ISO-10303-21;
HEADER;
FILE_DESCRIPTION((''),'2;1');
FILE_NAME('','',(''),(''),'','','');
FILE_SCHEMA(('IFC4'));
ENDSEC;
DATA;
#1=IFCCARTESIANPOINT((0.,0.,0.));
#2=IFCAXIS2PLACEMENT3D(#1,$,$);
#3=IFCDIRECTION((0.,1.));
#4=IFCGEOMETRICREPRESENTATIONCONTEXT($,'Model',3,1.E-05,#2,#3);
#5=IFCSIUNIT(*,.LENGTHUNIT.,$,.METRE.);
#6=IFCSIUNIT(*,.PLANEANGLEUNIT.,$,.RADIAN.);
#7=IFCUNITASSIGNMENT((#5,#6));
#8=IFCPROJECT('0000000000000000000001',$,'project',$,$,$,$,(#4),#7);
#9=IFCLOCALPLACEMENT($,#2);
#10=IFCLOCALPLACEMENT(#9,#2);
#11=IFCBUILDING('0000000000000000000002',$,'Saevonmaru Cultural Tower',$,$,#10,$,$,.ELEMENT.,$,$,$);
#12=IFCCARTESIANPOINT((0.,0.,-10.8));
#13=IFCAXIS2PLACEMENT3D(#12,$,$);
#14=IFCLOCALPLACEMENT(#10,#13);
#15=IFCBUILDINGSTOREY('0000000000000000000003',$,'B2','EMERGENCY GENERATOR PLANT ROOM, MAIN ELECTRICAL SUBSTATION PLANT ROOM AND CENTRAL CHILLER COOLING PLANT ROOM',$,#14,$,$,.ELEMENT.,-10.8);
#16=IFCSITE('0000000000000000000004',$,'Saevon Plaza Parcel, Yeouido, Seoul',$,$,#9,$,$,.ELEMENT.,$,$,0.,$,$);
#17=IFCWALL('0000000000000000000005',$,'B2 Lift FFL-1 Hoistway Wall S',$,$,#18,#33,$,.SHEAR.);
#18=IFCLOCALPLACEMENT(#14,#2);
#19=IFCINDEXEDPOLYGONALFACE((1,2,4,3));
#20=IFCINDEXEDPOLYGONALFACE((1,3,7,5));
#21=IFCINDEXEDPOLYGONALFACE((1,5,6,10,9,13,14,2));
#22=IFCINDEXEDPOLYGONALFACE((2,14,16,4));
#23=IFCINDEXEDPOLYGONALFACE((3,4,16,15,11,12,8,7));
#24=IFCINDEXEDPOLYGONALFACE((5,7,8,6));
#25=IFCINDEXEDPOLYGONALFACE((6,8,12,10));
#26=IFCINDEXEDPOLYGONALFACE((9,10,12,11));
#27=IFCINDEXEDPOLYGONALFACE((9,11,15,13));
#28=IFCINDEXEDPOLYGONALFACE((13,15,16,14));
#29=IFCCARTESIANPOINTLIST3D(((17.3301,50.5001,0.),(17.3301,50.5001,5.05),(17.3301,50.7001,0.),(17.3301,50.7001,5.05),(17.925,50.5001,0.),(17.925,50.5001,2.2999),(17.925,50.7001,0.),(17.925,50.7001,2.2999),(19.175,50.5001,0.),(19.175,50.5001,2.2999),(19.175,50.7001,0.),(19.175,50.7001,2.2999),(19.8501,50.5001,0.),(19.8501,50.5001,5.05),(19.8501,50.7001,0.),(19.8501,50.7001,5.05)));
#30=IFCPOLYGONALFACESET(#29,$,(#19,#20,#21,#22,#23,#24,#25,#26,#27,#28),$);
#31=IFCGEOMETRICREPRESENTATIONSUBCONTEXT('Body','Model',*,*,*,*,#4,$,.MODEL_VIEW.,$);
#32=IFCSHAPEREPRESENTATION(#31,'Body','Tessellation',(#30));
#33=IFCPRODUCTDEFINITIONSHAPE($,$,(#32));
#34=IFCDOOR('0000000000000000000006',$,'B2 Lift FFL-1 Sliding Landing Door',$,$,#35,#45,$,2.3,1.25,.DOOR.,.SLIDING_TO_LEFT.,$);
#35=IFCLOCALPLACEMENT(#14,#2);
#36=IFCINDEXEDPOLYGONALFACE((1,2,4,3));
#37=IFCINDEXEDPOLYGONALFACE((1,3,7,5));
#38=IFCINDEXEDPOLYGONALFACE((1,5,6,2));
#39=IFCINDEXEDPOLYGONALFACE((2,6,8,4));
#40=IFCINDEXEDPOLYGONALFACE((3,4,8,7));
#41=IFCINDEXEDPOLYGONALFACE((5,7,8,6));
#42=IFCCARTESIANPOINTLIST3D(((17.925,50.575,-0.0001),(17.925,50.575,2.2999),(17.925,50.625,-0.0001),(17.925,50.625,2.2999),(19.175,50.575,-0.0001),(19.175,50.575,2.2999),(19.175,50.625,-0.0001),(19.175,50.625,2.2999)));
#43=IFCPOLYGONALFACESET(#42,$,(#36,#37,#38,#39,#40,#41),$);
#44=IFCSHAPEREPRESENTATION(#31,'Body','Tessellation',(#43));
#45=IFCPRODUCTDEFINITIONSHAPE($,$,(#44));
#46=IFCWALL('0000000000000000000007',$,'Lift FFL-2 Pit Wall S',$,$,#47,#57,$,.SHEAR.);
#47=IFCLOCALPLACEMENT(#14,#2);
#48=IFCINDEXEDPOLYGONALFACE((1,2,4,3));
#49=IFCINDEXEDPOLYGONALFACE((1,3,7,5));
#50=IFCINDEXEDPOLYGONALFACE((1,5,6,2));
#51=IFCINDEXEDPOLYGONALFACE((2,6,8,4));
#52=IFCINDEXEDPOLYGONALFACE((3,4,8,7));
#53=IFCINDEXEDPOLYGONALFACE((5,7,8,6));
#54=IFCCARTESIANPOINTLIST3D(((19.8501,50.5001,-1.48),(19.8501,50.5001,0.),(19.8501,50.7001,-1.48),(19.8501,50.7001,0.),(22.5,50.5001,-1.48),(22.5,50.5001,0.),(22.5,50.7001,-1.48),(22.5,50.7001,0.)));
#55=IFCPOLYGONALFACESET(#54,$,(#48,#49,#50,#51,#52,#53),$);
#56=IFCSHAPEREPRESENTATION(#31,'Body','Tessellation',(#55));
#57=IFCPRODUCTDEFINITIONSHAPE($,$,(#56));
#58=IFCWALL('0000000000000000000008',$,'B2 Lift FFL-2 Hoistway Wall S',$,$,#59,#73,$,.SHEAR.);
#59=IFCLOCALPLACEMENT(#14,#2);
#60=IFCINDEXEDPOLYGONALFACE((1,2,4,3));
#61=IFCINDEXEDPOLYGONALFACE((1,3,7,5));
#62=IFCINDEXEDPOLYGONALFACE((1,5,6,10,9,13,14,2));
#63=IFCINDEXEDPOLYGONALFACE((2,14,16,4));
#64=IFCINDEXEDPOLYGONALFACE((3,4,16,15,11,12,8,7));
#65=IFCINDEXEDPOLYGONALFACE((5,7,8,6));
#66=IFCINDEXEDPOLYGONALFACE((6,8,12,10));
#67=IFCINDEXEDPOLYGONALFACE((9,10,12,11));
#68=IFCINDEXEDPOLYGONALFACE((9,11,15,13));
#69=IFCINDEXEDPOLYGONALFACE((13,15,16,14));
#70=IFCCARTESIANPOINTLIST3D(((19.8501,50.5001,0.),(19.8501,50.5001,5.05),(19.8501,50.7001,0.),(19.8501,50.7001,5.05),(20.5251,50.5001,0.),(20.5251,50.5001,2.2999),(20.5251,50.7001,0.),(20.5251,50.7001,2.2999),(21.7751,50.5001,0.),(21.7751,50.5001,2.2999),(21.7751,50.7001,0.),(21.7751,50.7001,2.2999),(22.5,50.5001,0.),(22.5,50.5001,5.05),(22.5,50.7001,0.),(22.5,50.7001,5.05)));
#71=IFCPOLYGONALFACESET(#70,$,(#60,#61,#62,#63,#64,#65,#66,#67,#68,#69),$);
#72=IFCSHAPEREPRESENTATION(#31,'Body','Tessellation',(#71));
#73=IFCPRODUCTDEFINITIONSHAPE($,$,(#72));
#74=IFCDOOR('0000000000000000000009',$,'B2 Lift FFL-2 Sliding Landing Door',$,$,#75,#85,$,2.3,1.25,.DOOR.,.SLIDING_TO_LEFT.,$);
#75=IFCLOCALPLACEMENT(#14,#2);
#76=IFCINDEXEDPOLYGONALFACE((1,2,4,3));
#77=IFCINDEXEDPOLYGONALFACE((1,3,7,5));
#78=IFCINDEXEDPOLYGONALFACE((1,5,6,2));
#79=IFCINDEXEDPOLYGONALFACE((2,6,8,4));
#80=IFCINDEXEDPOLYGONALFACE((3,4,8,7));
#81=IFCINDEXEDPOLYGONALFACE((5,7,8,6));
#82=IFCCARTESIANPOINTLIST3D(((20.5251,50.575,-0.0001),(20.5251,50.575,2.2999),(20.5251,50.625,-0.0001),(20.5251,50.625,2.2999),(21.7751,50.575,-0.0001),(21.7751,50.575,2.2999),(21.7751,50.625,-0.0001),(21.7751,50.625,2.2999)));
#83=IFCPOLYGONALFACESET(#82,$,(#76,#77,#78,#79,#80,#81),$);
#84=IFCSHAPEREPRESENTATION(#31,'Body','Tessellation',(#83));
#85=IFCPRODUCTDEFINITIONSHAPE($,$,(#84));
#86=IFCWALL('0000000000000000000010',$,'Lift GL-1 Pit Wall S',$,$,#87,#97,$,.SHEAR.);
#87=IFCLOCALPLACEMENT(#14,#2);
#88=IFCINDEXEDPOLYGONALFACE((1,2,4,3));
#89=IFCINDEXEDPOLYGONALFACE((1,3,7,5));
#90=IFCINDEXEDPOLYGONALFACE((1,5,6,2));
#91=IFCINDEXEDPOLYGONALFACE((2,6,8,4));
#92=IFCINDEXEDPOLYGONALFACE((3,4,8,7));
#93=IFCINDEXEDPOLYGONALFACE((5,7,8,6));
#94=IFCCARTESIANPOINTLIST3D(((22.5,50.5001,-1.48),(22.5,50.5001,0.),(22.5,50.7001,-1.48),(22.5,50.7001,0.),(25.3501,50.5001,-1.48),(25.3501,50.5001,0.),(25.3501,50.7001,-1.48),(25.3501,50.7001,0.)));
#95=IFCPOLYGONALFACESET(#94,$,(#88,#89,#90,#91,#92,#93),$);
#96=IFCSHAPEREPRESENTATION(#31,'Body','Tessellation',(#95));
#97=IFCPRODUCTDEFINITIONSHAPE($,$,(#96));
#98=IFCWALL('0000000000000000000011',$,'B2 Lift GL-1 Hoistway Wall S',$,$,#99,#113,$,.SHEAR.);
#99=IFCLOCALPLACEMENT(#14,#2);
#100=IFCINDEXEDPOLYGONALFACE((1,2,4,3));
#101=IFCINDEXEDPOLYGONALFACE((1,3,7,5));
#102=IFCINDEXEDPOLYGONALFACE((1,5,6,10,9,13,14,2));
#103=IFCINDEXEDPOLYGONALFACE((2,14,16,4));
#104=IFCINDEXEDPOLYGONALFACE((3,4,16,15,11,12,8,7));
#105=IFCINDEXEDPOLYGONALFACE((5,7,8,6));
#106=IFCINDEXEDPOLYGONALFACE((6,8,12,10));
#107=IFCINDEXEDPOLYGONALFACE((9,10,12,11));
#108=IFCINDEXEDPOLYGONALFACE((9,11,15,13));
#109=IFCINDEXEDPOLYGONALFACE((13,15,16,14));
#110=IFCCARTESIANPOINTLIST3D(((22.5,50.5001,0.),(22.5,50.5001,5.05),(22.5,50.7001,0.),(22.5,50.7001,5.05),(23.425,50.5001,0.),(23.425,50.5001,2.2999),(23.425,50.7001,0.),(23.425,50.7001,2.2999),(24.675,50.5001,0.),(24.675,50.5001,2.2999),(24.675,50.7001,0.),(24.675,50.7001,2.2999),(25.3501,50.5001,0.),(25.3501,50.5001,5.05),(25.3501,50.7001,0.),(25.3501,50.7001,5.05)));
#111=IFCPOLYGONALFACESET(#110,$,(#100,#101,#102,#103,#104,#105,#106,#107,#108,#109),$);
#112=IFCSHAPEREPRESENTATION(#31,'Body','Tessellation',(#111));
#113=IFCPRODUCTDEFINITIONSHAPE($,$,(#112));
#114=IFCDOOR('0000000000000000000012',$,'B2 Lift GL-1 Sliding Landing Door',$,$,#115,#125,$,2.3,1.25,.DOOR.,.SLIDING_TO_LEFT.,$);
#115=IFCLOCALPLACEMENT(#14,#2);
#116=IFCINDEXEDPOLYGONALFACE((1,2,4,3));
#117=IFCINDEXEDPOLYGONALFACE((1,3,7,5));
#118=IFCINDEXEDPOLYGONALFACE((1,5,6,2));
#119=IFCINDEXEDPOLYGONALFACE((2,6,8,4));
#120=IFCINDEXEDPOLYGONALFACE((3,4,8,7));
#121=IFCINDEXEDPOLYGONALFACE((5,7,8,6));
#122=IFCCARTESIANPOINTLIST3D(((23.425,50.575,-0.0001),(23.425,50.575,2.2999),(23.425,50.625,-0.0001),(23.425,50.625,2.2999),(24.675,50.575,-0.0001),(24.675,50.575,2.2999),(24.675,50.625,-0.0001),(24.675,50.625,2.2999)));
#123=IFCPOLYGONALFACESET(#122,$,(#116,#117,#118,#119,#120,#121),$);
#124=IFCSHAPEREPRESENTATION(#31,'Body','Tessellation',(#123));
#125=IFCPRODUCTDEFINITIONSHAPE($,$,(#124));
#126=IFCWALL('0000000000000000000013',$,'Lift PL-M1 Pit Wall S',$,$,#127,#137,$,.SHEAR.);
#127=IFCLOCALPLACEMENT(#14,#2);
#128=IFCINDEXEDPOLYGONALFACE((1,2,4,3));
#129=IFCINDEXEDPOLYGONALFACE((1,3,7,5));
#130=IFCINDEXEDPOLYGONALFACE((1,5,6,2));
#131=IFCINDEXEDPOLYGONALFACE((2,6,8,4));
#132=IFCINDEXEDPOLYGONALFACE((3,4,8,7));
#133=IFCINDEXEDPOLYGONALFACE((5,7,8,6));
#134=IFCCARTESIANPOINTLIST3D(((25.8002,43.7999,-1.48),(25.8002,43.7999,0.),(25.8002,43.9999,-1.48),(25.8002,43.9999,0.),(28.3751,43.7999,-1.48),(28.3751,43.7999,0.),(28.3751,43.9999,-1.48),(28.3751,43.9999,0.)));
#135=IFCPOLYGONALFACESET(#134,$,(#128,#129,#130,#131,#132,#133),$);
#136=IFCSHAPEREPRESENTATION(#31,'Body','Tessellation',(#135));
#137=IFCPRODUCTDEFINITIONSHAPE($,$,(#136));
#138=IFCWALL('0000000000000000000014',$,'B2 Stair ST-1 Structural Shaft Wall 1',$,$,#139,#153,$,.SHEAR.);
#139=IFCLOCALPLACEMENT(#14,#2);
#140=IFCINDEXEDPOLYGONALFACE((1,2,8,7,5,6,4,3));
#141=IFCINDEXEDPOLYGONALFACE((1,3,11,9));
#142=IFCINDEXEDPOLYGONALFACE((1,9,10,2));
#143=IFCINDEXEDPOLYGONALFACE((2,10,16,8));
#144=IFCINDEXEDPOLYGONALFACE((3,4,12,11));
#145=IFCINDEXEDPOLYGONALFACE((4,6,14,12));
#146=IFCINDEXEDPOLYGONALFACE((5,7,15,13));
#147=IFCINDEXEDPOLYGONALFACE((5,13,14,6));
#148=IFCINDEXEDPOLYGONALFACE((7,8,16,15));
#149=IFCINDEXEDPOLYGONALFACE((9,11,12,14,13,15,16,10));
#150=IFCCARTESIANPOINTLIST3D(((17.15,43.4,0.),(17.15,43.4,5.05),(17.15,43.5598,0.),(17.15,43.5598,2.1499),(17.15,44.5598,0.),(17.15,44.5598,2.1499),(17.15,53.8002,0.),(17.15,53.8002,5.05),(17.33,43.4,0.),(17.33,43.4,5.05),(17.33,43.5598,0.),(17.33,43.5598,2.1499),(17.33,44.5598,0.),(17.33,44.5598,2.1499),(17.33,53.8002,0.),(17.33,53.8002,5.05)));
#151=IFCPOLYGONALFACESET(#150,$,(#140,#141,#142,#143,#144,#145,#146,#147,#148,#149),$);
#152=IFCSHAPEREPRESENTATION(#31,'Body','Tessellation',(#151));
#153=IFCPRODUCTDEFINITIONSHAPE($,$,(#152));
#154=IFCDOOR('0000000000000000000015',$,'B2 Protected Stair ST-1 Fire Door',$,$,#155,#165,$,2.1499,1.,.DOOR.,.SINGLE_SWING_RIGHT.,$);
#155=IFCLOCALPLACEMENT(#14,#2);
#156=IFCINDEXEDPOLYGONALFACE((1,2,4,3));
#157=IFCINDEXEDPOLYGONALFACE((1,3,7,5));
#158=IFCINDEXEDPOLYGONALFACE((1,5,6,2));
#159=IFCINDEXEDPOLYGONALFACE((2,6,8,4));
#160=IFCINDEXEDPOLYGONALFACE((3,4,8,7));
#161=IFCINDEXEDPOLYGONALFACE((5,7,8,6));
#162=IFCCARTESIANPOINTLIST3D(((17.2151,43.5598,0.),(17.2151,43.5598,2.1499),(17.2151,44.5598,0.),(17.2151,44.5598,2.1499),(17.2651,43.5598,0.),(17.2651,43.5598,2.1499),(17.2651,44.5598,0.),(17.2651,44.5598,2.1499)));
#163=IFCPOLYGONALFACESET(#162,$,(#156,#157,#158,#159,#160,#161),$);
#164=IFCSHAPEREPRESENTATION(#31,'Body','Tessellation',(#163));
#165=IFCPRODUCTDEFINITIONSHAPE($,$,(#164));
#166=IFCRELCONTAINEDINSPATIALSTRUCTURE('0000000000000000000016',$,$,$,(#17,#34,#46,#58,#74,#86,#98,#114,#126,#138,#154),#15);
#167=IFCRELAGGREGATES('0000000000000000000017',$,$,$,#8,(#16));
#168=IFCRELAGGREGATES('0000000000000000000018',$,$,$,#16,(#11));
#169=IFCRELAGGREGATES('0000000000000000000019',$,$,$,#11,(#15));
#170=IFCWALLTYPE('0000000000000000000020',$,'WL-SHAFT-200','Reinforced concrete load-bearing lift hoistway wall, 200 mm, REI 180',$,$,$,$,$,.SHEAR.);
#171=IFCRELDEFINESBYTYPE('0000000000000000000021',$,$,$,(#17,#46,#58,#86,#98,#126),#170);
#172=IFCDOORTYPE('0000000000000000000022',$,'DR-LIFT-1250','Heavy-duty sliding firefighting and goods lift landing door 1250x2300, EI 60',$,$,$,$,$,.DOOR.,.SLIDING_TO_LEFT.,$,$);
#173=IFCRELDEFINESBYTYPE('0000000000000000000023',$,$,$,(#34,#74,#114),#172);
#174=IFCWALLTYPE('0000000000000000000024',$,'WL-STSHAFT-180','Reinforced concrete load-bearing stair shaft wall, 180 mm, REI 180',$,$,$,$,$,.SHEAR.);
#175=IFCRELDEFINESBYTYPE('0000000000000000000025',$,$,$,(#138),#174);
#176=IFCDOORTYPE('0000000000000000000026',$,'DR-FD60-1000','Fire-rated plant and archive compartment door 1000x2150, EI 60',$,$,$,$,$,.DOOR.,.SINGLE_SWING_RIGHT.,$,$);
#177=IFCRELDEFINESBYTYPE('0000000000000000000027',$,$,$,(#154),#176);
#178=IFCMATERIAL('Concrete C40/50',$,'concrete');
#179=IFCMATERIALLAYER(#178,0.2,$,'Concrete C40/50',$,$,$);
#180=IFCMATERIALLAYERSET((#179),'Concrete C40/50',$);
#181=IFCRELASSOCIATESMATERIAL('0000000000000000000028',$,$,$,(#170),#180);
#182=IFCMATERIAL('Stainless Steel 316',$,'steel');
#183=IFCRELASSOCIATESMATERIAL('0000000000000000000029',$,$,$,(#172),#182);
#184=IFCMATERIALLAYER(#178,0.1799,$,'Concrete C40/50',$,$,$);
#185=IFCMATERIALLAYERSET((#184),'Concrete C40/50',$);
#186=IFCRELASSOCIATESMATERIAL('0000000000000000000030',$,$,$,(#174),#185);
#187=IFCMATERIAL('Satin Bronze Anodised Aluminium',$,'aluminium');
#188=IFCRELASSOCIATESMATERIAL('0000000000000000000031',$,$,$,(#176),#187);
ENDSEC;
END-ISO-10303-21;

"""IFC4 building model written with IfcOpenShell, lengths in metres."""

from ifc_helpers import new_model, si_unit, direction, frame, frame_2d, origin, place, context, subcontext, project, spatial, rectangle, extrude, material, layer, layer_set, type_object, element, fill, save


model = new_model("IFC4")

# Units and contexts
model_context = context("Model", 3, precision=1e-05, world=origin(), true_north=direction((0.0, 1.0)))
body_context = subcontext(model_context, "Body", "Model", "MODEL_VIEW")
ifc_project = project(units=[si_unit("LENGTHUNIT", "METRE"), si_unit("PLANEANGLEUNIT", "RADIAN")], contexts=[model_context])

# Site, building, storey
site_placement = place(None, origin())
site = spatial("IfcSite", under=ifc_project, at=site_placement, Name="Saevon Plaza Parcel, Yeouido, Seoul", CompositionType="ELEMENT", RefElevation=0.0)
building_placement = place(site_placement, origin())
building = spatial("IfcBuilding", under=site, at=building_placement, Name="Saevonmaru Cultural Tower", CompositionType="ELEMENT")
storey_placement = place(building_placement, frame((0.0, 0.0, -10.8)))
storey = spatial("IfcBuildingStorey", under=building, at=storey_placement, Name="B2", Description="EMERGENCY GENERATOR PLANT ROOM, MAIN ELECTRICAL SUBSTATION PLANT ROOM AND CENTRAL CHILLER COOLING PLANT ROOM", CompositionType="ELEMENT", Elevation=-10.8)

# Shared definitions
ifc_material_1 = material(Name="Concrete C40/50", Category="concrete")

# Shared definitions
ifc_material_2 = material(Name="Satin Bronze Anodised Aluminium", Category="aluminium")

# Shared definitions
ifc_layer_1 = layer(ifc_material_1, 0.2, Name="Concrete C40/50")
ifc_layer_set_1 = layer_set([ifc_layer_1], Name="Concrete C40/50")
wall_type_1 = type_object("IfcWallType", Name="WL-SHAFT-200", Description="Reinforced concrete load-bearing lift hoistway wall, 200 mm, REI 180", PredefinedType="SHEAR", material=ifc_layer_set_1)

# Wall, opening, door
wall_1_placement = place(storey_placement, frame((17.3301, 50.6001, 0.0), z_axis=(0.0, 0.0, 1.0), x_axis=(1.0, 0.0, 0.0)))
wall_1 = element("IfcWall", 1, at=wall_1_placement, inside=storey, type_object=wall_type_1, Name="B2 Lift FFL-1 Hoistway Wall S", PredefinedType="SHEAR", context=body_context, shape_type="SweptSolid", body=[
    extrude(rectangle(XDim=2.52, YDim=0.2, at=frame_2d((1.26, 0.0))), origin(), (0.0, 0.0, 1.0), 5.05),
])
opening_1_placement = place(wall_1_placement, frame((0.595, 0.0, 0.0)))
opening_1 = element("IfcOpeningElement", 2, at=opening_1_placement, cuts=wall_1, PredefinedType="OPENING", context=body_context, shape_type="SweptSolid", body=[
    extrude(rectangle(XDim=1.25, YDim=2.3, at=frame_2d((0.625, 1.1499))), frame((0.0, 0.1099, 0.0), z_axis=(0.0, -1.0, 0.0), x_axis=(1.0, 0.0, 0.0)), (0.0, 0.0, 1.0), 0.22),
])
ifc_material_3 = material(Name="Stainless Steel 316", Category="steel")
door_type_1 = type_object("IfcDoorType", Name="DR-LIFT-1250", Description="Heavy-duty sliding firefighting and goods lift landing door 1250x2300, EI 60", OperationType="SLIDING_TO_LEFT", PredefinedType="DOOR", material=ifc_material_3)
door_1_placement = place(opening_1_placement, origin())
door_1 = element("IfcDoor", 3, at=door_1_placement, inside=storey, type_object=door_type_1, Name="B2 Lift FFL-1 Sliding Landing Door", OperationType="SLIDING_TO_LEFT", OverallHeight=2.3, OverallWidth=1.25, PredefinedType="DOOR", context=body_context, shape_type="SweptSolid", body=[
    extrude(rectangle(XDim=1.25, YDim=2.3, at=frame_2d((0.625, 1.1499))), frame((0.0, 0.0249, 0.0), z_axis=(0.0, -1.0, 0.0), x_axis=(1.0, 0.0, 0.0)), (0.0, 0.0, 1.0), 0.05),
])
fill(opening_1, door_1)

# Wall
wall_2_placement = place(storey_placement, frame((19.8501, 50.6001, -1.48), z_axis=(0.0, 0.0, 1.0), x_axis=(1.0, 0.0, 0.0)))
element("IfcWall", 4, at=wall_2_placement, inside=storey, type_object=wall_type_1, Name="Lift FFL-2 Pit Wall S", PredefinedType="SHEAR", context=body_context, shape_type="SweptSolid", body=[
    extrude(rectangle(XDim=2.6499, YDim=0.2, at=frame_2d((1.325, 0.0))), origin(), (0.0, 0.0, 1.0), 1.48),
])

# Wall, opening, door
wall_3_placement = place(storey_placement, frame((19.8501, 50.6001, 0.0), z_axis=(0.0, 0.0, 1.0), x_axis=(1.0, 0.0, 0.0)))
wall_3 = element("IfcWall", 5, at=wall_3_placement, inside=storey, type_object=wall_type_1, Name="B2 Lift FFL-2 Hoistway Wall S", PredefinedType="SHEAR", context=body_context, shape_type="SweptSolid", body=[
    extrude(rectangle(XDim=2.6499, YDim=0.2, at=frame_2d((1.325, 0.0))), origin(), (0.0, 0.0, 1.0), 5.05),
])
opening_2_placement = place(wall_3_placement, frame((0.675, 0.0, 0.0)))
opening_2 = element("IfcOpeningElement", 6, at=opening_2_placement, cuts=wall_3, PredefinedType="OPENING", context=body_context, shape_type="SweptSolid", body=[
    extrude(rectangle(XDim=1.25, YDim=2.3, at=frame_2d((0.625, 1.1499))), frame((0.0, 0.1099, 0.0), z_axis=(0.0, -1.0, 0.0), x_axis=(1.0, 0.0, 0.0)), (0.0, 0.0, 1.0), 0.22),
])
door_2_placement = place(opening_2_placement, origin())
door_2 = element("IfcDoor", 7, at=door_2_placement, inside=storey, type_object=door_type_1, Name="B2 Lift FFL-2 Sliding Landing Door", OperationType="SLIDING_TO_LEFT", OverallHeight=2.3, OverallWidth=1.25, PredefinedType="DOOR", context=body_context, shape_type="SweptSolid", body=[
    extrude(rectangle(XDim=1.25, YDim=2.3, at=frame_2d((0.625, 1.1499))), frame((0.0, 0.0249, 0.0), z_axis=(0.0, -1.0, 0.0), x_axis=(1.0, 0.0, 0.0)), (0.0, 0.0, 1.0), 0.05),
])
fill(opening_2, door_2)

# Wall
wall_4_placement = place(storey_placement, frame((22.5, 50.6001, -1.48), z_axis=(0.0, 0.0, 1.0), x_axis=(1.0, 0.0, 0.0)))
element("IfcWall", 8, at=wall_4_placement, inside=storey, type_object=wall_type_1, Name="Lift GL-1 Pit Wall S", PredefinedType="SHEAR", context=body_context, shape_type="SweptSolid", body=[
    extrude(rectangle(XDim=2.8501, YDim=0.2, at=frame_2d((1.425, 0.0))), origin(), (0.0, 0.0, 1.0), 1.48),
])

# Wall, opening, door
wall_5_placement = place(storey_placement, frame((22.5, 50.6001, 0.0), z_axis=(0.0, 0.0, 1.0), x_axis=(1.0, 0.0, 0.0)))
wall_5 = element("IfcWall", 9, at=wall_5_placement, inside=storey, type_object=wall_type_1, Name="B2 Lift GL-1 Hoistway Wall S", PredefinedType="SHEAR", context=body_context, shape_type="SweptSolid", body=[
    extrude(rectangle(XDim=2.8501, YDim=0.2, at=frame_2d((1.425, 0.0))), origin(), (0.0, 0.0, 1.0), 5.05),
])
opening_3_placement = place(wall_5_placement, frame((0.925, 0.0, 0.0)))
opening_3 = element("IfcOpeningElement", 10, at=opening_3_placement, cuts=wall_5, PredefinedType="OPENING", context=body_context, shape_type="SweptSolid", body=[
    extrude(rectangle(XDim=1.25, YDim=2.3, at=frame_2d((0.625, 1.1499))), frame((0.0, 0.1099, 0.0), z_axis=(0.0, -1.0, 0.0), x_axis=(1.0, 0.0, 0.0)), (0.0, 0.0, 1.0), 0.22),
])
door_3_placement = place(opening_3_placement, origin())
door_3 = element("IfcDoor", 11, at=door_3_placement, inside=storey, type_object=door_type_1, Name="B2 Lift GL-1 Sliding Landing Door", OperationType="SLIDING_TO_LEFT", OverallHeight=2.3, OverallWidth=1.25, PredefinedType="DOOR", context=body_context, shape_type="SweptSolid", body=[
    extrude(rectangle(XDim=1.25, YDim=2.3, at=frame_2d((0.625, 1.1499))), frame((0.0, 0.0249, 0.0), z_axis=(0.0, -1.0, 0.0), x_axis=(1.0, 0.0, 0.0)), (0.0, 0.0, 1.0), 0.05),
])
fill(opening_3, door_3)

# Wall
wall_6_placement = place(storey_placement, frame((25.8, 43.8999, -1.48), z_axis=(0.0, 0.0, 1.0), x_axis=(1.0, 0.0, 0.0)))
element("IfcWall", 12, at=wall_6_placement, inside=storey, type_object=wall_type_1, Name="Lift PL-M1 Pit Wall S", PredefinedType="SHEAR", context=body_context, shape_type="SweptSolid", body=[
    extrude(rectangle(XDim=2.575, YDim=0.2, at=frame_2d((1.2876, 0.0))), origin(), (0.0, 0.0, 1.0), 1.48),
])

# Wall, opening, door
ifc_layer_2 = layer(ifc_material_1, 0.1799, Name="Concrete C40/50")
ifc_layer_set_2 = layer_set([ifc_layer_2], Name="Concrete C40/50")
wall_type_2 = type_object("IfcWallType", Name="WL-STSHAFT-180", Description="Reinforced concrete load-bearing stair shaft wall, 180 mm, REI 180", PredefinedType="SHEAR", material=ifc_layer_set_2)
wall_7_placement = place(storey_placement, frame((17.24, 43.3999, 0.0), z_axis=(0.0, 0.0, 1.0), x_axis=(0.0, 1.0, 0.0)))
wall_7 = element("IfcWall", 13, at=wall_7_placement, inside=storey, type_object=wall_type_2, Name="B2 Stair ST-1 Structural Shaft Wall 1", PredefinedType="SHEAR", context=body_context, shape_type="SweptSolid", body=[
    extrude(rectangle(XDim=10.4001, YDim=0.1799, at=frame_2d((5.2002, 0.0))), origin(), (0.0, 0.0, 1.0), 5.05),
])
opening_4_placement = place(wall_7_placement, frame((0.1599, 0.0, 0.0)))
opening_4 = element("IfcOpeningElement", 14, at=opening_4_placement, cuts=wall_7, PredefinedType="OPENING", context=body_context, shape_type="SweptSolid", body=[
    extrude(rectangle(XDim=1.0, YDim=2.1499, at=frame_2d((0.5, 1.075))), frame((0.0, 0.1001, 0.0), z_axis=(0.0, -1.0, 0.0), x_axis=(1.0, 0.0, 0.0)), (0.0, 0.0, 1.0), 0.2),
])
door_type_2 = type_object("IfcDoorType", Name="DR-FD60-1000", Description="Fire-rated plant and archive compartment door 1000x2150, EI 60", OperationType="SINGLE_SWING_RIGHT", PredefinedType="DOOR", material=ifc_material_2)
door_4_placement = place(opening_4_placement, origin())
door_4 = element("IfcDoor", 15, at=door_4_placement, inside=storey, type_object=door_type_2, Name="B2 Protected Stair ST-1 Fire Door", OperationType="SINGLE_SWING_RIGHT", OverallHeight=2.1499, OverallWidth=1.0, PredefinedType="DOOR", context=body_context, shape_type="SweptSolid", body=[
    extrude(rectangle(XDim=1.0, YDim=2.1499, at=frame_2d((0.5, 1.075))), frame((0.0, 0.0249, 0.0), z_axis=(0.0, -1.0, 0.0), x_axis=(1.0, 0.0, 0.0)), (0.0, 0.0, 1.0), 0.05),
])
fill(opening_4, door_4)

save(model, "model.ifc")
